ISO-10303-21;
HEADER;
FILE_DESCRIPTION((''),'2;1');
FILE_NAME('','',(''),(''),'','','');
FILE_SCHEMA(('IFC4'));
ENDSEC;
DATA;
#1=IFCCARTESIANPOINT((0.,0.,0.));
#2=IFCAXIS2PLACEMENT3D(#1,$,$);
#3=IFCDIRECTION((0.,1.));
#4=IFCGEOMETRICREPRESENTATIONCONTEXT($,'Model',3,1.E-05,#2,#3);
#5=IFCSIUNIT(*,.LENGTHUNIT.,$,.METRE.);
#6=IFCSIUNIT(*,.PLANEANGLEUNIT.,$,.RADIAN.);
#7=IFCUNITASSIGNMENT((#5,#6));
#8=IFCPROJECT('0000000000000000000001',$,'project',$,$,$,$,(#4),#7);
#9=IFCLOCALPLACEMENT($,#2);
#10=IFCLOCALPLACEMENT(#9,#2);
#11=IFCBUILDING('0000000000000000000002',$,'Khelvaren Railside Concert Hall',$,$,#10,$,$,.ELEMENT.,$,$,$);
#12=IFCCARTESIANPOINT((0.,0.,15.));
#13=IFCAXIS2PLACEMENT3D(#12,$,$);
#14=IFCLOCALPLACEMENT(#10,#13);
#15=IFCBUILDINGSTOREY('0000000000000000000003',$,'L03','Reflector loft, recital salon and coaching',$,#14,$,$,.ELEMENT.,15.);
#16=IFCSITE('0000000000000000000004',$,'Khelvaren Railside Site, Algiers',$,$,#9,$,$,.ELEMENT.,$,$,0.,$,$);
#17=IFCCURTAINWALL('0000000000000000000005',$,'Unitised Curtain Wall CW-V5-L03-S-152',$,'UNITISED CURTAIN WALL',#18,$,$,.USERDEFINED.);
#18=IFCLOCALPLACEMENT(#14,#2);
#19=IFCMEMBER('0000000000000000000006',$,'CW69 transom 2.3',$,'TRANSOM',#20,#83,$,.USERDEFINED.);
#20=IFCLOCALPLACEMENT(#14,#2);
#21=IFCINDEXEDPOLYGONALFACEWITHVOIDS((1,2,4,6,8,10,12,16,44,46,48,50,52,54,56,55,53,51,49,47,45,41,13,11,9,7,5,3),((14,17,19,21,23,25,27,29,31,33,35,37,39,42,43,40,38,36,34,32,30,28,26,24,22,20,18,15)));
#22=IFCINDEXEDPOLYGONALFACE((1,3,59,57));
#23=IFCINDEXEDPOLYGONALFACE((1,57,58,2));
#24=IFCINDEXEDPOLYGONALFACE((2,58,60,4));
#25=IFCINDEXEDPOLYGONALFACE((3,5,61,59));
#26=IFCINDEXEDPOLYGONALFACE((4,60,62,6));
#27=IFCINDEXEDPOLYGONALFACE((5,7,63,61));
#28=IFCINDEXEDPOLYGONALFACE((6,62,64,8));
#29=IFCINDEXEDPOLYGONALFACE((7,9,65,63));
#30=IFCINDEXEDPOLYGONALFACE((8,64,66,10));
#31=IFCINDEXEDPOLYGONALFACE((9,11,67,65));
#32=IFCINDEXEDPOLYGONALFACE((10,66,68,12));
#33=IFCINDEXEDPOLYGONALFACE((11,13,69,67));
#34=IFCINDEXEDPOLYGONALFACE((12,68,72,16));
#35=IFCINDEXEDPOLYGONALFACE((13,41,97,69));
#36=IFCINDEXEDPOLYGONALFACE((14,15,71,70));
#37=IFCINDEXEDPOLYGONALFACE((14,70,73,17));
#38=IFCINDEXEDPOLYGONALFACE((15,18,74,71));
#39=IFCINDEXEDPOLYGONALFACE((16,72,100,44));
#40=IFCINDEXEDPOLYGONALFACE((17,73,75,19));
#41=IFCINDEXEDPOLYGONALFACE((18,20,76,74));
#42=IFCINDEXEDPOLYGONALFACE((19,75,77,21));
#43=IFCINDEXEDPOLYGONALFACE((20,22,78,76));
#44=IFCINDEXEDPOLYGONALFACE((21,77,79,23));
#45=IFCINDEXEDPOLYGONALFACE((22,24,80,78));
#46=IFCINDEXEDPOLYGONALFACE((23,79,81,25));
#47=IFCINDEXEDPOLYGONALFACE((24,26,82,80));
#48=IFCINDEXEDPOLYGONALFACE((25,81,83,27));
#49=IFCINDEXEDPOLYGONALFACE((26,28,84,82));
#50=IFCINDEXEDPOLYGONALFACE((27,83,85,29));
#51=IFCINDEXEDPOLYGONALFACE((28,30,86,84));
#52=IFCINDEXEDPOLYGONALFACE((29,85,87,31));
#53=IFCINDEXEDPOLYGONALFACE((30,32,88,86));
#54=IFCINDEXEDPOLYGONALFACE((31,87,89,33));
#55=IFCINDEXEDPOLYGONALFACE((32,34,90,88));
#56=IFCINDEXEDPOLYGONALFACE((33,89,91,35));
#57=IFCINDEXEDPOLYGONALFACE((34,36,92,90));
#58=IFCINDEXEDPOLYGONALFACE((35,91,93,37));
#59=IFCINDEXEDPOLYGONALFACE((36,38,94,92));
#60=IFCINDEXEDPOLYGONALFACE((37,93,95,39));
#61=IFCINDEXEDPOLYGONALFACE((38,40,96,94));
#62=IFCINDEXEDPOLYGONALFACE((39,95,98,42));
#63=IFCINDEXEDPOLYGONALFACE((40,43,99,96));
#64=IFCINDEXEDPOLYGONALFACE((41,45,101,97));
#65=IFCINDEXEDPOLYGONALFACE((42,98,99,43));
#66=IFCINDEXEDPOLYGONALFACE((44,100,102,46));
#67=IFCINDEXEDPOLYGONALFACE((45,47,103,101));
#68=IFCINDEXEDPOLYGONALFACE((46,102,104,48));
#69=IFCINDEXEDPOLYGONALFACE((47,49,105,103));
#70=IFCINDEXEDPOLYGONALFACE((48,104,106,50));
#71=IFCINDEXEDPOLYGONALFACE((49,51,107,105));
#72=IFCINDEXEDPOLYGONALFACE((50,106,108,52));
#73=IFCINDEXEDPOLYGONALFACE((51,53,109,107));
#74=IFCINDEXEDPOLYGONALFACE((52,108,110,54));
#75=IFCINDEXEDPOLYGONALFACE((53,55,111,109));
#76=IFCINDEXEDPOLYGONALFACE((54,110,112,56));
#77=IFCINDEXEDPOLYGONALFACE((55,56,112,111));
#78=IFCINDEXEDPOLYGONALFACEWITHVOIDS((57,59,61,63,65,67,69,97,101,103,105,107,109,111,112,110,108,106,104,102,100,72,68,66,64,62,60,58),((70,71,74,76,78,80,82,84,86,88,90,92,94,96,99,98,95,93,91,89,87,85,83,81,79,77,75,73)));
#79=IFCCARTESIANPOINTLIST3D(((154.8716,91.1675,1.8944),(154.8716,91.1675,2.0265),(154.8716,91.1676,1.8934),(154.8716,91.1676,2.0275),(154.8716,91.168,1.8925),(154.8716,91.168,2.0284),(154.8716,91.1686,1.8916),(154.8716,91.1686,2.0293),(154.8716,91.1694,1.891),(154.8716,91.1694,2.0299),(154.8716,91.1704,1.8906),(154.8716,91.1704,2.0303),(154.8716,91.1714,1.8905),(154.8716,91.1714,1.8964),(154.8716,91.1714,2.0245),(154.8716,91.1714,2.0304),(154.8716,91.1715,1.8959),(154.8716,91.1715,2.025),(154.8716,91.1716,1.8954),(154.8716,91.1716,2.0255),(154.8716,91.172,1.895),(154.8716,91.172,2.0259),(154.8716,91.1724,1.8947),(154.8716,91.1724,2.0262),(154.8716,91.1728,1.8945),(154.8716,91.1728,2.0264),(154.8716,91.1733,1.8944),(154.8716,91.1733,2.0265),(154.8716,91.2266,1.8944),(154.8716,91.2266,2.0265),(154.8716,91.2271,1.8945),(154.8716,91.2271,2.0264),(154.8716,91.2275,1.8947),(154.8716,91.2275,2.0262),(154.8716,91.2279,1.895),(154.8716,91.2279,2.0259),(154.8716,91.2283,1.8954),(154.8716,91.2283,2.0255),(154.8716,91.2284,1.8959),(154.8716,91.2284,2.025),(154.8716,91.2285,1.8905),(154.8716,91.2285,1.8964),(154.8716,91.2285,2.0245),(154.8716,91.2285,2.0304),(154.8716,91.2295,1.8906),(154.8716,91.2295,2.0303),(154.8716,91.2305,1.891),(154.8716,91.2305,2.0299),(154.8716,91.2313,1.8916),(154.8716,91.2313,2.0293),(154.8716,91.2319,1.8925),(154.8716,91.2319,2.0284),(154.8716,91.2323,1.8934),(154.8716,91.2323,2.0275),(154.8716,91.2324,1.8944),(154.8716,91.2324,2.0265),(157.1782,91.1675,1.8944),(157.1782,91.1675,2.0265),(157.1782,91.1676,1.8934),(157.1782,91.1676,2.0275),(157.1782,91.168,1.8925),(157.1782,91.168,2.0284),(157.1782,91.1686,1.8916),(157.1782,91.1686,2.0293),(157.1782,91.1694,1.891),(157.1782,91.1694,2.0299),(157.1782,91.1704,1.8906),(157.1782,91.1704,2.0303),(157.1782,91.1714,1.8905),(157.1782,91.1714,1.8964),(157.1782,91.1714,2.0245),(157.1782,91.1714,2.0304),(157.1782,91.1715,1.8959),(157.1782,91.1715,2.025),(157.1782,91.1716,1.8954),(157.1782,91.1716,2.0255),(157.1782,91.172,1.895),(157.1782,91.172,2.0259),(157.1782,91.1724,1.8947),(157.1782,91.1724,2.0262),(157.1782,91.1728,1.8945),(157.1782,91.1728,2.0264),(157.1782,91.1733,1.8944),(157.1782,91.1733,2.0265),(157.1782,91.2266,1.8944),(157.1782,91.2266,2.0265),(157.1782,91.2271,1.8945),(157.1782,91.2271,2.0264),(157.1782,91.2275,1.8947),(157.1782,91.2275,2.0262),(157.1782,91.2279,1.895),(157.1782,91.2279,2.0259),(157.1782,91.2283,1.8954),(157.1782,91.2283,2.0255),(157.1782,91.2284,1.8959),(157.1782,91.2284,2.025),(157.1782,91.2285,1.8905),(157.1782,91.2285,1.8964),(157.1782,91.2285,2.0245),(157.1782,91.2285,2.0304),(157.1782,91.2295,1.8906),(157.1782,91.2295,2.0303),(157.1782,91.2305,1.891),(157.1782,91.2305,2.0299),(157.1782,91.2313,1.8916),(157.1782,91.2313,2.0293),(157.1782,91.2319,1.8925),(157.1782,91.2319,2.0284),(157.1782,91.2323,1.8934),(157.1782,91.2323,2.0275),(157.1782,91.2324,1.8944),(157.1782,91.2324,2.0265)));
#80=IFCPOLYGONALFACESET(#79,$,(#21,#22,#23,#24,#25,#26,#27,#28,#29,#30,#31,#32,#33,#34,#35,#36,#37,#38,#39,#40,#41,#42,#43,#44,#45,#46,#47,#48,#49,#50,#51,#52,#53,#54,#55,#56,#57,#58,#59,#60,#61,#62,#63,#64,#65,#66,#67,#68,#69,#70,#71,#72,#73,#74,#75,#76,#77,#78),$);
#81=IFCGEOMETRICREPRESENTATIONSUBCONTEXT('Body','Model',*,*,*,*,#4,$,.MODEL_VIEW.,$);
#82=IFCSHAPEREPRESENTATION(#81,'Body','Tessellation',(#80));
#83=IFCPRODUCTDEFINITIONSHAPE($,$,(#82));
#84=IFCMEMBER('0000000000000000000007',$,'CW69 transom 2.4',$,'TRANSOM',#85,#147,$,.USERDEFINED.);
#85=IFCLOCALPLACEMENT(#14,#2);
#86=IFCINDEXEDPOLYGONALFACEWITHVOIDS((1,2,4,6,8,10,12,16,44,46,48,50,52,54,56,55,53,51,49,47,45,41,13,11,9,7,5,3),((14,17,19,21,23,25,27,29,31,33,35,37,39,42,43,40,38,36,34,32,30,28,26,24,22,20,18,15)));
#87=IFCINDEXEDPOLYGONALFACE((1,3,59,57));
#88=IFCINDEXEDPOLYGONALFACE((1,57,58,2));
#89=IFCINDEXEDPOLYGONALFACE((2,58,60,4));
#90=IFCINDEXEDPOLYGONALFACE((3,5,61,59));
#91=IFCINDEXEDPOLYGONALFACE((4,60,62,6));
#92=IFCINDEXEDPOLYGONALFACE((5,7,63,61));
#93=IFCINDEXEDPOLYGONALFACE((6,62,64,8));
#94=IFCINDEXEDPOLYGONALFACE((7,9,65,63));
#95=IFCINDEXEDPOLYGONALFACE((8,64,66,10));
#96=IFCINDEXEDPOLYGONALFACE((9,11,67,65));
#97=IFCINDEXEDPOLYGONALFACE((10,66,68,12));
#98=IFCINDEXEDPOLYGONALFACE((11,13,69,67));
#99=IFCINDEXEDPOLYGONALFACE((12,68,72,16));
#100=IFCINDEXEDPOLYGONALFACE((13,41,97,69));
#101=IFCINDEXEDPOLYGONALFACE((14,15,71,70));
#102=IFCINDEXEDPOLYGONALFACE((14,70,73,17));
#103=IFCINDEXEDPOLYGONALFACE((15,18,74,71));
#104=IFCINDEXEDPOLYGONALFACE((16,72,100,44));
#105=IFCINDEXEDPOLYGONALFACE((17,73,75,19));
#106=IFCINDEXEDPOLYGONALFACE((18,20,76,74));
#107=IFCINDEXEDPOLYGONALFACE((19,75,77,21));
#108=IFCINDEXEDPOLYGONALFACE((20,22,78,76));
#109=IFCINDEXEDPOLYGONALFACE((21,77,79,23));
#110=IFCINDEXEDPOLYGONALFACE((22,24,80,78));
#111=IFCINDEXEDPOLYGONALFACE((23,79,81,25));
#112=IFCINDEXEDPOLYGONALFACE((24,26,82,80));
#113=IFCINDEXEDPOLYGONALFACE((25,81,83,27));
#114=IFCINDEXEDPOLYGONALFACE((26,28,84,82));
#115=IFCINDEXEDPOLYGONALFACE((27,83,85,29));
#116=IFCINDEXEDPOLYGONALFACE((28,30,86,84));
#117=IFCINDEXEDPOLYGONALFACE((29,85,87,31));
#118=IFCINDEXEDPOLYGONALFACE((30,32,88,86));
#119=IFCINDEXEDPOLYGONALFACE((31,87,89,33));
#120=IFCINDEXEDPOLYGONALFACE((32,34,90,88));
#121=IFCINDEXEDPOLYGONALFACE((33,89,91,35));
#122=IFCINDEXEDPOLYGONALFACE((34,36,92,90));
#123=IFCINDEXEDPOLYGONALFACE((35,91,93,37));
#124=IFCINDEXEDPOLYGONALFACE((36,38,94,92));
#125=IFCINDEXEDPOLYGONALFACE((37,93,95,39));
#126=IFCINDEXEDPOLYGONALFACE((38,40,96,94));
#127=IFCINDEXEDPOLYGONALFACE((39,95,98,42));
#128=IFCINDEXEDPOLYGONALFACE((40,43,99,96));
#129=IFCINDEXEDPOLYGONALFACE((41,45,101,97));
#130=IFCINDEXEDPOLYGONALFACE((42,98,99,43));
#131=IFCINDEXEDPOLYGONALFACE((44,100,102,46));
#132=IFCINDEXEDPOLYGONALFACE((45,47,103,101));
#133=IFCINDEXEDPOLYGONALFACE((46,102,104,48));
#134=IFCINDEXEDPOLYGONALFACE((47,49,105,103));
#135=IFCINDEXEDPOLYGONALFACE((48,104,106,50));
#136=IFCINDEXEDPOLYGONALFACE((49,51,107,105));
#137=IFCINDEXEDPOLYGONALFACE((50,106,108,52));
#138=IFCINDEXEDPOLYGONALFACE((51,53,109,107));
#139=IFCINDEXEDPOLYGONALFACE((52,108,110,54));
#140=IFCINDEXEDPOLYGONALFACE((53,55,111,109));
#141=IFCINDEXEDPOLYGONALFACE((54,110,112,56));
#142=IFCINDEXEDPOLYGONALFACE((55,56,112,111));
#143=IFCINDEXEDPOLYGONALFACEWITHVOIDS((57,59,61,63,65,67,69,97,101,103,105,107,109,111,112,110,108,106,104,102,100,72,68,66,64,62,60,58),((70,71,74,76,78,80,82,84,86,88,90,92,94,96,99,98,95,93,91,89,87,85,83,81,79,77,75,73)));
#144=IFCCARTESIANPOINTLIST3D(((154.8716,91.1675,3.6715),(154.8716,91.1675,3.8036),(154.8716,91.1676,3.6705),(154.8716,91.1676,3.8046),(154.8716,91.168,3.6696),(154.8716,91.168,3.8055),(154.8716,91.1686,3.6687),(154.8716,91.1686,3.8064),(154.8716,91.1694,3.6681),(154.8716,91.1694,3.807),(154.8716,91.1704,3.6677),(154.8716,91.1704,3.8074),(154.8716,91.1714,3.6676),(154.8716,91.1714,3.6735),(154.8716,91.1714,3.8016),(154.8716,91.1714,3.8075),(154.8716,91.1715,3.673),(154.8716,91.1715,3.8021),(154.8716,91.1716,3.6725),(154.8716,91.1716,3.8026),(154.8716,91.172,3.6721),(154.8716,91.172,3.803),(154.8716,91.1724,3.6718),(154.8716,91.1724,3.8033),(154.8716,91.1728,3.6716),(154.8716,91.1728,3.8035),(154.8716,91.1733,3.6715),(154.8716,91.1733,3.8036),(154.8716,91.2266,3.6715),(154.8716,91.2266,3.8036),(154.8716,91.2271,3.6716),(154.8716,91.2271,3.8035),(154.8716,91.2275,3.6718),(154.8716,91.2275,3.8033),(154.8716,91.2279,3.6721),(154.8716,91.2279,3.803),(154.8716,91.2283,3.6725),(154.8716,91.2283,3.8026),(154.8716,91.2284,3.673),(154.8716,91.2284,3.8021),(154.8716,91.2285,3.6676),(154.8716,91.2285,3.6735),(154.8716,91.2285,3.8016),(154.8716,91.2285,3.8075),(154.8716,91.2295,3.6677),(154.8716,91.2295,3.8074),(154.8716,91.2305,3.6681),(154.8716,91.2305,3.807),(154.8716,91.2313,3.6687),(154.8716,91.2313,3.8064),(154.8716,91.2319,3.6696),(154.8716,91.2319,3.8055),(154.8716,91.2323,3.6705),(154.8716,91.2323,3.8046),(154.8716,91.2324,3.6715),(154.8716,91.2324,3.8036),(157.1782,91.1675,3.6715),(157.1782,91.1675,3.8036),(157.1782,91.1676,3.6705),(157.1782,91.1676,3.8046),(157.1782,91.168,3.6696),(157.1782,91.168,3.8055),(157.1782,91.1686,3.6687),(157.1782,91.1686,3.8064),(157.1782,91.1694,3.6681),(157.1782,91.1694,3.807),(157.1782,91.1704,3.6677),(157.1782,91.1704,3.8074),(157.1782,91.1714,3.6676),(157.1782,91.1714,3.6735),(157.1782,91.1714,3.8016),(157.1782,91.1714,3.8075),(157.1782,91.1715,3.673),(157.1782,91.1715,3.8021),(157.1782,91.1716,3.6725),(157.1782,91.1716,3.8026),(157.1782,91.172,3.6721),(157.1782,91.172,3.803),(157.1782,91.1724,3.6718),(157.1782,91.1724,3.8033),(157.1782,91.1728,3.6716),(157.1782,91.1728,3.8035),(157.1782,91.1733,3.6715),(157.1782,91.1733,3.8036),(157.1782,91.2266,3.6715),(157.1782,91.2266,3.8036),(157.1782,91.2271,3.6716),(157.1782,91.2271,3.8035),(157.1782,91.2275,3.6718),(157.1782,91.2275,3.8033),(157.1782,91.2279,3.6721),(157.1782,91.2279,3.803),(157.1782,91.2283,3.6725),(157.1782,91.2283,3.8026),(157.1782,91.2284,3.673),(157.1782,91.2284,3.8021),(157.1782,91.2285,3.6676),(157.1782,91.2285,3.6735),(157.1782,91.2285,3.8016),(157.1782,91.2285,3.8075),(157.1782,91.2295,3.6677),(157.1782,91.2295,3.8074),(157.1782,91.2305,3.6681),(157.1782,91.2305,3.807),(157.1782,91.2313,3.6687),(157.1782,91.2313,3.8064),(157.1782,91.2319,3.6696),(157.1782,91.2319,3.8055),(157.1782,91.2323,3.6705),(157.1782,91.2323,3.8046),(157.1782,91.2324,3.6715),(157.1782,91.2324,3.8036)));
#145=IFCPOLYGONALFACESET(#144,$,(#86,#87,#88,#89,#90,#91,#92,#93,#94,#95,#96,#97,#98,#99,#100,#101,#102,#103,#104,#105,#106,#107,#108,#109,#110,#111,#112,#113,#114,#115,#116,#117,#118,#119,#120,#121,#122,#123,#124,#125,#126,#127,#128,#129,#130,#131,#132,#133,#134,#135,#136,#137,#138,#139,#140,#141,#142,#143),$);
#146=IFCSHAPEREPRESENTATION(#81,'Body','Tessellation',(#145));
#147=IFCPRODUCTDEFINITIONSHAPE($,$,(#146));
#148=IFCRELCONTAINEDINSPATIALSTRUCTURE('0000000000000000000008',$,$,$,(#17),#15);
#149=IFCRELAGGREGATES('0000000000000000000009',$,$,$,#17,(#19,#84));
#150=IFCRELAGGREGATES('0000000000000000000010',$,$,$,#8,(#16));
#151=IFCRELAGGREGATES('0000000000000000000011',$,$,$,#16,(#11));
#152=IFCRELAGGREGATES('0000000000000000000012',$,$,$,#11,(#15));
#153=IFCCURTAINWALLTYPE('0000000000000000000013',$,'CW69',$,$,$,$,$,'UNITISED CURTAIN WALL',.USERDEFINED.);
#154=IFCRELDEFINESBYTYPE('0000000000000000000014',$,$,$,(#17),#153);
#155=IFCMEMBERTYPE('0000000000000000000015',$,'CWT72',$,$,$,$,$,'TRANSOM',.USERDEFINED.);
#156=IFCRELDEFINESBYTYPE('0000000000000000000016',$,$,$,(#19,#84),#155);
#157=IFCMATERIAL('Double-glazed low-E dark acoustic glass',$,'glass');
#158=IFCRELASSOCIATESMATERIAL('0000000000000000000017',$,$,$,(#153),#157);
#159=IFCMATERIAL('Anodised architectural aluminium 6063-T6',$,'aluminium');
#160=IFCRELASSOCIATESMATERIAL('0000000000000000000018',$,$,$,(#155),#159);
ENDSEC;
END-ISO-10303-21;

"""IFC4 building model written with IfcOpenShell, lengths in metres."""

from ifc_helpers import new_model, si_unit, direction, frame, origin, origin_2d, place, context, subcontext, project, spatial, hollow_rectangle, extrude, material, material_profile, profile_set, type_object, element, aggregate, save


model = new_model("IFC4")

# Units and contexts
model_context = context("Model", 3, precision=1e-05, world=origin(), true_north=direction((0.0, 1.0)))
body_context = subcontext(model_context, "Body", "Model", "MODEL_VIEW")
ifc_project = project(units=[si_unit("LENGTHUNIT", "METRE"), si_unit("PLANEANGLEUNIT", "RADIAN")], contexts=[model_context])

# Site, building, storey
site_placement = place(None, origin())
site = spatial("IfcSite", under=ifc_project, at=site_placement, Name="Khelvaren Railside Site, Algiers", CompositionType="ELEMENT", RefElevation=0.0)
building_placement = place(site_placement, origin())
building = spatial("IfcBuilding", under=site, at=building_placement, Name="Khelvaren Railside Concert Hall", CompositionType="ELEMENT")
storey_placement = place(building_placement, frame((0.0, 0.0, 15.0)))
storey = spatial("IfcBuildingStorey", under=building, at=storey_placement, Name="L03", Description="Reflector loft, recital salon and coaching", CompositionType="ELEMENT", Elevation=15.0)

# Shared definitions
ifc_material_1 = material(Name="Double-glazed low-E dark acoustic glass", Category="glass")
ifc_material_2 = material(Name="Anodised architectural aluminium 6063-T6", Category="aluminium")

# Curtain wall
curtain_wall_type_1 = type_object("IfcCurtainWallType", Name="CW69", ElementType="UNITISED CURTAIN WALL", PredefinedType="USERDEFINED", material=ifc_material_1)
curtain_wall_1_placement = place(storey_placement, origin())
curtain_wall_1 = element("IfcCurtainWall", 1, at=curtain_wall_1_placement, inside=storey, type_object=curtain_wall_type_1, Name="Unitised Curtain Wall CW-V5-L03-S-152", ObjectType="UNITISED CURTAIN WALL", PredefinedType="USERDEFINED")

# Members
ifc_material_profile_1 = material_profile(ifc_material_2, hollow_rectangle(XDim=0.0649, YDim=0.1399, WallThickness=0.0039, InnerFilletRadius=0.002, OuterFilletRadius=0.0039, at=origin_2d()), Name="CWT 65x140x4")
ifc_profile_set_1 = profile_set([ifc_material_profile_1], Name="Anodised architectural aluminium 6063-T6")
member_type_1 = type_object("IfcMemberType", Name="CWT72", ElementType="TRANSOM", PredefinedType="USERDEFINED", material=ifc_profile_set_1)
member_1_placement = place(storey_placement, frame((157.1782, 91.2, 1.9604), z_axis=(-1.0, 0.0, 0.0), x_axis=(0.0, -1.0, 0.0)))
member_1 = element("IfcMember", 2, at=member_1_placement, type_object=member_type_1, Name="CW69 transom 2.3", ObjectType="TRANSOM", PredefinedType="USERDEFINED", context=body_context, shape_type="SweptSolid", body=[
    extrude(hollow_rectangle(XDim=0.0649, YDim=0.1399, WallThickness=0.0039, InnerFilletRadius=0.002, OuterFilletRadius=0.0039, at=origin_2d()), origin(), (0.0, 0.0, 1.0), 2.3066),
])
member_2_placement = place(storey_placement, frame((157.1782, 91.2, 3.7375), z_axis=(-1.0, 0.0, 0.0), x_axis=(0.0, -1.0, 0.0)))
member_2 = element("IfcMember", 3, at=member_2_placement, type_object=member_type_1, Name="CW69 transom 2.4", ObjectType="TRANSOM", PredefinedType="USERDEFINED", context=body_context, shape_type="SweptSolid", body=[
    extrude(hollow_rectangle(XDim=0.0649, YDim=0.1399, WallThickness=0.0039, InnerFilletRadius=0.002, OuterFilletRadius=0.0039, at=origin_2d()), origin(), (0.0, 0.0, 1.0), 2.3066),
])

aggregate(curtain_wall_1, [member_1, member_2])

save(model, "model.ifc")
